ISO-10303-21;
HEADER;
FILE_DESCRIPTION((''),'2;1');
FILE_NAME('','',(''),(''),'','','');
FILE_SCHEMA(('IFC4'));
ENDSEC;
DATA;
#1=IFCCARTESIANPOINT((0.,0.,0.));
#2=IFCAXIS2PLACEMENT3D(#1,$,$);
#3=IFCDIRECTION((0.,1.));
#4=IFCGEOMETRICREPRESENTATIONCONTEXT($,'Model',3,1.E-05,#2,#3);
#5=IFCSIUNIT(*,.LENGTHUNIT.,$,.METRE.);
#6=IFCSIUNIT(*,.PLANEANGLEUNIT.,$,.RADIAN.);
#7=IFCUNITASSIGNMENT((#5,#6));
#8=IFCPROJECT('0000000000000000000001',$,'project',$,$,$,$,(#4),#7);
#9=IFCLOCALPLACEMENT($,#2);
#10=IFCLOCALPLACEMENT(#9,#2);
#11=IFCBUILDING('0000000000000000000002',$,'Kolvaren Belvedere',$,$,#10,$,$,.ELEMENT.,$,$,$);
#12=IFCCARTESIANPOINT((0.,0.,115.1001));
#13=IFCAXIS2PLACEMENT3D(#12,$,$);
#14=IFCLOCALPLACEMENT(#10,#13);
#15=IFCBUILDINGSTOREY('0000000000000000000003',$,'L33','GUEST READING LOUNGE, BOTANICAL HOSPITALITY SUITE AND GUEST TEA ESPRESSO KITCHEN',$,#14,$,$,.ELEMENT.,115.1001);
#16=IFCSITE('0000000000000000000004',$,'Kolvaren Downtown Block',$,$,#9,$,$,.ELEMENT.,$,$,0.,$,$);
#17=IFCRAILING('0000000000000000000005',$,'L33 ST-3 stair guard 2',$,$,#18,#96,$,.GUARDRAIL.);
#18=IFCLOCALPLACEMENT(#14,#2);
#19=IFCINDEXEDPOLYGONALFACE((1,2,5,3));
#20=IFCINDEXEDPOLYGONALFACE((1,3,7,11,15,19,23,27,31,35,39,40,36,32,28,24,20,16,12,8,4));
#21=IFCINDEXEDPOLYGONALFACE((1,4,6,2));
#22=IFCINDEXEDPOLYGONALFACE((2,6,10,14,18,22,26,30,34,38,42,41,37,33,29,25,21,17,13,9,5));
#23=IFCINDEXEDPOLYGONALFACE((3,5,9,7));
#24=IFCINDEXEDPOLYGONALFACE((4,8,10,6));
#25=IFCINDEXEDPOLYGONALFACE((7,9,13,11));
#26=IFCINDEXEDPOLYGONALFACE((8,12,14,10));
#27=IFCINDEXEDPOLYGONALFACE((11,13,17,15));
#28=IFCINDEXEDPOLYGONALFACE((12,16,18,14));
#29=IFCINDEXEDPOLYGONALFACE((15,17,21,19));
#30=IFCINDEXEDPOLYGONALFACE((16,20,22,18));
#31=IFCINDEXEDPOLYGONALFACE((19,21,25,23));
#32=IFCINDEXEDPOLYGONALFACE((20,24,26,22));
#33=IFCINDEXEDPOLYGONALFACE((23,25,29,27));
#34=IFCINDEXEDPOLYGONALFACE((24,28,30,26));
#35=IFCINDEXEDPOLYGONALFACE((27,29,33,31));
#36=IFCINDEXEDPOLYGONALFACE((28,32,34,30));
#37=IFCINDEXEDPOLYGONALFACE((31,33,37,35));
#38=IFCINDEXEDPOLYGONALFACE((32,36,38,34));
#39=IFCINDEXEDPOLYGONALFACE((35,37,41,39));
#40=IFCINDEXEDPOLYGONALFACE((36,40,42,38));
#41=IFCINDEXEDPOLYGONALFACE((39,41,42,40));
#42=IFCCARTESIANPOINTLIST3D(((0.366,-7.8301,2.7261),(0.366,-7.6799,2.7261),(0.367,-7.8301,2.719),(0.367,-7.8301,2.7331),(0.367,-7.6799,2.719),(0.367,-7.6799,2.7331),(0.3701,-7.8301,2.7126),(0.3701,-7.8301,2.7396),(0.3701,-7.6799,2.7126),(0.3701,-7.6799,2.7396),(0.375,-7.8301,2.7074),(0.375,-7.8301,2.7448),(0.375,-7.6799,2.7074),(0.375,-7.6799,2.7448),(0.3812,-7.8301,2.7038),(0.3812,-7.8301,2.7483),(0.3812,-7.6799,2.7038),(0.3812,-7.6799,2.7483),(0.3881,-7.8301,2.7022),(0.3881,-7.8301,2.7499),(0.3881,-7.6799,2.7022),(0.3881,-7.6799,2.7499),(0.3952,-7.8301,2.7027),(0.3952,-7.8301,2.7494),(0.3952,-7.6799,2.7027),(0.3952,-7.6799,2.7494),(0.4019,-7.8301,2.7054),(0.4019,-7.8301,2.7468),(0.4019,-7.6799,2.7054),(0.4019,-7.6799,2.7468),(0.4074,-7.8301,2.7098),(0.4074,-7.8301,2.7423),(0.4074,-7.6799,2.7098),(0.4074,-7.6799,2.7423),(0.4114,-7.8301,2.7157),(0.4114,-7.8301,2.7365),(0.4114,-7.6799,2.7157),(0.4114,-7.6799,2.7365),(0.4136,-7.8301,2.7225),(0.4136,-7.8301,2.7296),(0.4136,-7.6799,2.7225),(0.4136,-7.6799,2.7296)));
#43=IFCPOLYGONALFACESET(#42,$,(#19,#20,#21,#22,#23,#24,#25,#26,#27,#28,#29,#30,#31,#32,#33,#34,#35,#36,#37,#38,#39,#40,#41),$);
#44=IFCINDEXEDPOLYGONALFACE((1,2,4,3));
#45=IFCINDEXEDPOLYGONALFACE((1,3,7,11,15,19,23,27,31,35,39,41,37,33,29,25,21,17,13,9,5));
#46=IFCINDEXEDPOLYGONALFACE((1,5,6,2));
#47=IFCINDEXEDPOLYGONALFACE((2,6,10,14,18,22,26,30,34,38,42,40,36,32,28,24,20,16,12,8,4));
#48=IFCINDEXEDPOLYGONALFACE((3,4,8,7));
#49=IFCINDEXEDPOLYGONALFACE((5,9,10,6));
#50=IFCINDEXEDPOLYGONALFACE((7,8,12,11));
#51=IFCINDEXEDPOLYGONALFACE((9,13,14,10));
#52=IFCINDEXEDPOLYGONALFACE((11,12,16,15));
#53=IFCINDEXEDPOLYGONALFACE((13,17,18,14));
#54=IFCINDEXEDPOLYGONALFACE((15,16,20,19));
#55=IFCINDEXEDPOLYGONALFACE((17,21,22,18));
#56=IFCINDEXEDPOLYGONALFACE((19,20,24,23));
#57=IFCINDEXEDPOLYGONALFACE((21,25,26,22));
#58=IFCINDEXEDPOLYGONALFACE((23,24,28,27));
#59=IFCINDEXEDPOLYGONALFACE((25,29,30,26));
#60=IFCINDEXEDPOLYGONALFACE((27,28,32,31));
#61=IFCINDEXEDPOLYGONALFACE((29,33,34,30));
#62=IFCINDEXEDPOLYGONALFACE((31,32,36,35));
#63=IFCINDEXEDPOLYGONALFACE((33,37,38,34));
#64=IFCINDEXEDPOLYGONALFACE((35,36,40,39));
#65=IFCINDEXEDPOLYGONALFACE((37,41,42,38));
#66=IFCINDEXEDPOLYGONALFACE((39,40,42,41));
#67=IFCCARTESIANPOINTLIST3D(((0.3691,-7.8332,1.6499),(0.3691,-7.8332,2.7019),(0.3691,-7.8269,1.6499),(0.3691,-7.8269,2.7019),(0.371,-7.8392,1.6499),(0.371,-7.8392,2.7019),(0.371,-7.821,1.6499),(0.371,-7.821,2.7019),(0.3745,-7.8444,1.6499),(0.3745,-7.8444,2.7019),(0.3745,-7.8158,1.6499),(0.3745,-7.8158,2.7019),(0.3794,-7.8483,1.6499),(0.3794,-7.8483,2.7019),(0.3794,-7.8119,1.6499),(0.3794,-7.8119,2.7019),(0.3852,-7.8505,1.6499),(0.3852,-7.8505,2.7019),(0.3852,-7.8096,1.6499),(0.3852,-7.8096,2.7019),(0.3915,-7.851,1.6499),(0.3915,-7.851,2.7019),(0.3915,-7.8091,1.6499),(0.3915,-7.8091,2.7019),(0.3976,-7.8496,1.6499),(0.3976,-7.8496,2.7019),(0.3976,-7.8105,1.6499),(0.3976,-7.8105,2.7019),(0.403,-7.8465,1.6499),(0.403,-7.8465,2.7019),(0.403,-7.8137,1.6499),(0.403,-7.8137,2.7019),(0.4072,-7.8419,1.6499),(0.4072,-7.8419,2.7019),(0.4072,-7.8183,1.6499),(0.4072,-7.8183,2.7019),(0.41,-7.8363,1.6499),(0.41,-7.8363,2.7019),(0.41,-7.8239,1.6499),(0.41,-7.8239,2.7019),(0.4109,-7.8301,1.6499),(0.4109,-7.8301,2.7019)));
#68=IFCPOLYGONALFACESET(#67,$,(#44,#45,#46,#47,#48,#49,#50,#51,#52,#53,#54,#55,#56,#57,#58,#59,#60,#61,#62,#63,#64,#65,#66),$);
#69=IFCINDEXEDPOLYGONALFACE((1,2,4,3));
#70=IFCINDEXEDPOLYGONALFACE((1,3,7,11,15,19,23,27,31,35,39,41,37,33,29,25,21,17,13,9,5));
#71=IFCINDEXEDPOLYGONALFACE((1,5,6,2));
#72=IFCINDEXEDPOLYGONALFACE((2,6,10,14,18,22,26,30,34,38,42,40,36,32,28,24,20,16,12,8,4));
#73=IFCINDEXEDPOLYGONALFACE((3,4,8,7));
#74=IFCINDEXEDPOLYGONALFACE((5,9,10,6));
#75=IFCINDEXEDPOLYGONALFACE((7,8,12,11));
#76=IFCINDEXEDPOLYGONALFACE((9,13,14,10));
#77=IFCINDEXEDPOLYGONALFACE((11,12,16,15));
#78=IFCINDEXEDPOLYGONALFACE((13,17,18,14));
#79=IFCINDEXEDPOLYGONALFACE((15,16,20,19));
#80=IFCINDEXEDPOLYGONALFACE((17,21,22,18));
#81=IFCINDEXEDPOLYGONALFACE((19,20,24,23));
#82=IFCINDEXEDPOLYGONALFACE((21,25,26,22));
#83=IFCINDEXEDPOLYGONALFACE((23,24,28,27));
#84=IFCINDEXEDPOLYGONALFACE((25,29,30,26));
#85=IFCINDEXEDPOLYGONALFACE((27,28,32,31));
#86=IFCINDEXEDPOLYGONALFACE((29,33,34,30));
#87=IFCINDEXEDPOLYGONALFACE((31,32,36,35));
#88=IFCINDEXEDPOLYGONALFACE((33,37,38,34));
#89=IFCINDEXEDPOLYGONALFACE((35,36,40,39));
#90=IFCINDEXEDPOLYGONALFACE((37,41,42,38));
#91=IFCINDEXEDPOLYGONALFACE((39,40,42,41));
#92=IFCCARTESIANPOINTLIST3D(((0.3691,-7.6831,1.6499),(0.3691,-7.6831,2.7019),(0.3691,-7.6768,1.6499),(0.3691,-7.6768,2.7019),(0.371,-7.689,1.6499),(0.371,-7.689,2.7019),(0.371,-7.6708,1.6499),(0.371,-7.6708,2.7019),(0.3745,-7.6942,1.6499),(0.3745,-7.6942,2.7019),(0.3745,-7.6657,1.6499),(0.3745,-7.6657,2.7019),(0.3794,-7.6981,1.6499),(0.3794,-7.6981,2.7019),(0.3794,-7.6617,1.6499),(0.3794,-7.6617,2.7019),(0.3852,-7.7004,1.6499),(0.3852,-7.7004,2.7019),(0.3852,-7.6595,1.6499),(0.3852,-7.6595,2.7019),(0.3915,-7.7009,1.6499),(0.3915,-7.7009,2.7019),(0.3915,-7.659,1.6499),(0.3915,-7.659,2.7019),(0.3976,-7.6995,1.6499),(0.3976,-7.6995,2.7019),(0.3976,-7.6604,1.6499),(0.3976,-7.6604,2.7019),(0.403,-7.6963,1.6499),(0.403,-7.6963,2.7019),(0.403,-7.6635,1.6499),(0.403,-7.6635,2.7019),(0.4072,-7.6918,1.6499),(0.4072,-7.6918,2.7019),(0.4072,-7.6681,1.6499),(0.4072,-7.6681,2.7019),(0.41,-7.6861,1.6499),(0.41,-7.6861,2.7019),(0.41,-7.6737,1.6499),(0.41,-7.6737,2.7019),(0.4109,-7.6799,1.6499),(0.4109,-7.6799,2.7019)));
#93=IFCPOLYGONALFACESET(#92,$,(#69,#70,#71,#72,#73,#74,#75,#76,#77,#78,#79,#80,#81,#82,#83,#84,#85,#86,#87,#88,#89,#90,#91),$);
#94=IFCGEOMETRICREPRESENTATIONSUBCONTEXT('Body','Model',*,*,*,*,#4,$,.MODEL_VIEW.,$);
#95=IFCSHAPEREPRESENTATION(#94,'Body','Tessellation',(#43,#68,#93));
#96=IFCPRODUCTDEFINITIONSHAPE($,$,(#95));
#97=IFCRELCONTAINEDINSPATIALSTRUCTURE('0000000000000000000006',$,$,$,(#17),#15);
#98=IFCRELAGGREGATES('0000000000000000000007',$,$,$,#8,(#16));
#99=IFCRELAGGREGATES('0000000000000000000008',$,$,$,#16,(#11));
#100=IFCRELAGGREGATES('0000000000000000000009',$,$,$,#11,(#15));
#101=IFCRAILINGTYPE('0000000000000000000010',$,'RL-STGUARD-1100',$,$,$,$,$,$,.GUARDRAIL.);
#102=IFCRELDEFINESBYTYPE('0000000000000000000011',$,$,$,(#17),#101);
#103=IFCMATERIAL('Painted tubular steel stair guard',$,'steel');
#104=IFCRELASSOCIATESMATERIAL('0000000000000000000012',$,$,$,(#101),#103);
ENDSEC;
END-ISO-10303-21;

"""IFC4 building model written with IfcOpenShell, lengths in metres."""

from ifc_helpers import new_model, si_unit, direction, frame, origin, origin_2d, place, context, subcontext, project, spatial, circle, extrude, material, type_object, element, save


model = new_model("IFC4")

# Units and contexts
model_context = context("Model", 3, precision=1e-05, world=origin(), true_north=direction((0.0, 1.0)))
body_context = subcontext(model_context, "Body", "Model", "MODEL_VIEW")
ifc_project = project(units=[si_unit("LENGTHUNIT", "METRE"), si_unit("PLANEANGLEUNIT", "RADIAN")], contexts=[model_context])

# Site, building, storey
site_placement = place(None, origin())
site = spatial("IfcSite", under=ifc_project, at=site_placement, Name="Kolvaren Downtown Block", CompositionType="ELEMENT", RefElevation=0.0)
building_placement = place(site_placement, origin())
building = spatial("IfcBuilding", under=site, at=building_placement, Name="Kolvaren Belvedere", CompositionType="ELEMENT")
storey_placement = place(building_placement, frame((0.0, 0.0, 115.1001)))
storey = spatial("IfcBuildingStorey", under=building, at=storey_placement, Name="L33", Description="GUEST READING LOUNGE, BOTANICAL HOSPITALITY SUITE AND GUEST TEA ESPRESSO KITCHEN", CompositionType="ELEMENT", Elevation=115.1001)

# Railing
ifc_material_1 = material(Name="Painted tubular steel stair guard", Category="steel")
railing_type_1 = type_object("IfcRailingType", Name="RL-STGUARD-1100", PredefinedType="GUARDRAIL", material=ifc_material_1)
railing_1_placement = place(storey_placement, frame((0.3899, -7.8301, 1.6499)))
element("IfcRailing", 1, at=railing_1_placement, inside=storey, type_object=railing_type_1, Name="L33 ST-3 stair guard 2", PredefinedType="GUARDRAIL", context=body_context, shape_type="SweptSolid", body=[
    extrude(circle(Radius=0.0239, at=origin_2d()), frame((0.0, 0.0, 1.0762), z_axis=(0.0, 1.0, 0.0), x_axis=(-1.0, 0.0, 0.0)), (0.0, 0.0, 1.0), 0.1501),
    extrude(circle(Radius=0.021, at=origin_2d()), origin(), (0.0, 0.0, 1.0), 1.052),
    extrude(circle(Radius=0.021, at=origin_2d()), frame((0.0, 0.1501, 0.0)), (0.0, 0.0, 1.0), 1.052),
])

save(model, "model.ifc")
